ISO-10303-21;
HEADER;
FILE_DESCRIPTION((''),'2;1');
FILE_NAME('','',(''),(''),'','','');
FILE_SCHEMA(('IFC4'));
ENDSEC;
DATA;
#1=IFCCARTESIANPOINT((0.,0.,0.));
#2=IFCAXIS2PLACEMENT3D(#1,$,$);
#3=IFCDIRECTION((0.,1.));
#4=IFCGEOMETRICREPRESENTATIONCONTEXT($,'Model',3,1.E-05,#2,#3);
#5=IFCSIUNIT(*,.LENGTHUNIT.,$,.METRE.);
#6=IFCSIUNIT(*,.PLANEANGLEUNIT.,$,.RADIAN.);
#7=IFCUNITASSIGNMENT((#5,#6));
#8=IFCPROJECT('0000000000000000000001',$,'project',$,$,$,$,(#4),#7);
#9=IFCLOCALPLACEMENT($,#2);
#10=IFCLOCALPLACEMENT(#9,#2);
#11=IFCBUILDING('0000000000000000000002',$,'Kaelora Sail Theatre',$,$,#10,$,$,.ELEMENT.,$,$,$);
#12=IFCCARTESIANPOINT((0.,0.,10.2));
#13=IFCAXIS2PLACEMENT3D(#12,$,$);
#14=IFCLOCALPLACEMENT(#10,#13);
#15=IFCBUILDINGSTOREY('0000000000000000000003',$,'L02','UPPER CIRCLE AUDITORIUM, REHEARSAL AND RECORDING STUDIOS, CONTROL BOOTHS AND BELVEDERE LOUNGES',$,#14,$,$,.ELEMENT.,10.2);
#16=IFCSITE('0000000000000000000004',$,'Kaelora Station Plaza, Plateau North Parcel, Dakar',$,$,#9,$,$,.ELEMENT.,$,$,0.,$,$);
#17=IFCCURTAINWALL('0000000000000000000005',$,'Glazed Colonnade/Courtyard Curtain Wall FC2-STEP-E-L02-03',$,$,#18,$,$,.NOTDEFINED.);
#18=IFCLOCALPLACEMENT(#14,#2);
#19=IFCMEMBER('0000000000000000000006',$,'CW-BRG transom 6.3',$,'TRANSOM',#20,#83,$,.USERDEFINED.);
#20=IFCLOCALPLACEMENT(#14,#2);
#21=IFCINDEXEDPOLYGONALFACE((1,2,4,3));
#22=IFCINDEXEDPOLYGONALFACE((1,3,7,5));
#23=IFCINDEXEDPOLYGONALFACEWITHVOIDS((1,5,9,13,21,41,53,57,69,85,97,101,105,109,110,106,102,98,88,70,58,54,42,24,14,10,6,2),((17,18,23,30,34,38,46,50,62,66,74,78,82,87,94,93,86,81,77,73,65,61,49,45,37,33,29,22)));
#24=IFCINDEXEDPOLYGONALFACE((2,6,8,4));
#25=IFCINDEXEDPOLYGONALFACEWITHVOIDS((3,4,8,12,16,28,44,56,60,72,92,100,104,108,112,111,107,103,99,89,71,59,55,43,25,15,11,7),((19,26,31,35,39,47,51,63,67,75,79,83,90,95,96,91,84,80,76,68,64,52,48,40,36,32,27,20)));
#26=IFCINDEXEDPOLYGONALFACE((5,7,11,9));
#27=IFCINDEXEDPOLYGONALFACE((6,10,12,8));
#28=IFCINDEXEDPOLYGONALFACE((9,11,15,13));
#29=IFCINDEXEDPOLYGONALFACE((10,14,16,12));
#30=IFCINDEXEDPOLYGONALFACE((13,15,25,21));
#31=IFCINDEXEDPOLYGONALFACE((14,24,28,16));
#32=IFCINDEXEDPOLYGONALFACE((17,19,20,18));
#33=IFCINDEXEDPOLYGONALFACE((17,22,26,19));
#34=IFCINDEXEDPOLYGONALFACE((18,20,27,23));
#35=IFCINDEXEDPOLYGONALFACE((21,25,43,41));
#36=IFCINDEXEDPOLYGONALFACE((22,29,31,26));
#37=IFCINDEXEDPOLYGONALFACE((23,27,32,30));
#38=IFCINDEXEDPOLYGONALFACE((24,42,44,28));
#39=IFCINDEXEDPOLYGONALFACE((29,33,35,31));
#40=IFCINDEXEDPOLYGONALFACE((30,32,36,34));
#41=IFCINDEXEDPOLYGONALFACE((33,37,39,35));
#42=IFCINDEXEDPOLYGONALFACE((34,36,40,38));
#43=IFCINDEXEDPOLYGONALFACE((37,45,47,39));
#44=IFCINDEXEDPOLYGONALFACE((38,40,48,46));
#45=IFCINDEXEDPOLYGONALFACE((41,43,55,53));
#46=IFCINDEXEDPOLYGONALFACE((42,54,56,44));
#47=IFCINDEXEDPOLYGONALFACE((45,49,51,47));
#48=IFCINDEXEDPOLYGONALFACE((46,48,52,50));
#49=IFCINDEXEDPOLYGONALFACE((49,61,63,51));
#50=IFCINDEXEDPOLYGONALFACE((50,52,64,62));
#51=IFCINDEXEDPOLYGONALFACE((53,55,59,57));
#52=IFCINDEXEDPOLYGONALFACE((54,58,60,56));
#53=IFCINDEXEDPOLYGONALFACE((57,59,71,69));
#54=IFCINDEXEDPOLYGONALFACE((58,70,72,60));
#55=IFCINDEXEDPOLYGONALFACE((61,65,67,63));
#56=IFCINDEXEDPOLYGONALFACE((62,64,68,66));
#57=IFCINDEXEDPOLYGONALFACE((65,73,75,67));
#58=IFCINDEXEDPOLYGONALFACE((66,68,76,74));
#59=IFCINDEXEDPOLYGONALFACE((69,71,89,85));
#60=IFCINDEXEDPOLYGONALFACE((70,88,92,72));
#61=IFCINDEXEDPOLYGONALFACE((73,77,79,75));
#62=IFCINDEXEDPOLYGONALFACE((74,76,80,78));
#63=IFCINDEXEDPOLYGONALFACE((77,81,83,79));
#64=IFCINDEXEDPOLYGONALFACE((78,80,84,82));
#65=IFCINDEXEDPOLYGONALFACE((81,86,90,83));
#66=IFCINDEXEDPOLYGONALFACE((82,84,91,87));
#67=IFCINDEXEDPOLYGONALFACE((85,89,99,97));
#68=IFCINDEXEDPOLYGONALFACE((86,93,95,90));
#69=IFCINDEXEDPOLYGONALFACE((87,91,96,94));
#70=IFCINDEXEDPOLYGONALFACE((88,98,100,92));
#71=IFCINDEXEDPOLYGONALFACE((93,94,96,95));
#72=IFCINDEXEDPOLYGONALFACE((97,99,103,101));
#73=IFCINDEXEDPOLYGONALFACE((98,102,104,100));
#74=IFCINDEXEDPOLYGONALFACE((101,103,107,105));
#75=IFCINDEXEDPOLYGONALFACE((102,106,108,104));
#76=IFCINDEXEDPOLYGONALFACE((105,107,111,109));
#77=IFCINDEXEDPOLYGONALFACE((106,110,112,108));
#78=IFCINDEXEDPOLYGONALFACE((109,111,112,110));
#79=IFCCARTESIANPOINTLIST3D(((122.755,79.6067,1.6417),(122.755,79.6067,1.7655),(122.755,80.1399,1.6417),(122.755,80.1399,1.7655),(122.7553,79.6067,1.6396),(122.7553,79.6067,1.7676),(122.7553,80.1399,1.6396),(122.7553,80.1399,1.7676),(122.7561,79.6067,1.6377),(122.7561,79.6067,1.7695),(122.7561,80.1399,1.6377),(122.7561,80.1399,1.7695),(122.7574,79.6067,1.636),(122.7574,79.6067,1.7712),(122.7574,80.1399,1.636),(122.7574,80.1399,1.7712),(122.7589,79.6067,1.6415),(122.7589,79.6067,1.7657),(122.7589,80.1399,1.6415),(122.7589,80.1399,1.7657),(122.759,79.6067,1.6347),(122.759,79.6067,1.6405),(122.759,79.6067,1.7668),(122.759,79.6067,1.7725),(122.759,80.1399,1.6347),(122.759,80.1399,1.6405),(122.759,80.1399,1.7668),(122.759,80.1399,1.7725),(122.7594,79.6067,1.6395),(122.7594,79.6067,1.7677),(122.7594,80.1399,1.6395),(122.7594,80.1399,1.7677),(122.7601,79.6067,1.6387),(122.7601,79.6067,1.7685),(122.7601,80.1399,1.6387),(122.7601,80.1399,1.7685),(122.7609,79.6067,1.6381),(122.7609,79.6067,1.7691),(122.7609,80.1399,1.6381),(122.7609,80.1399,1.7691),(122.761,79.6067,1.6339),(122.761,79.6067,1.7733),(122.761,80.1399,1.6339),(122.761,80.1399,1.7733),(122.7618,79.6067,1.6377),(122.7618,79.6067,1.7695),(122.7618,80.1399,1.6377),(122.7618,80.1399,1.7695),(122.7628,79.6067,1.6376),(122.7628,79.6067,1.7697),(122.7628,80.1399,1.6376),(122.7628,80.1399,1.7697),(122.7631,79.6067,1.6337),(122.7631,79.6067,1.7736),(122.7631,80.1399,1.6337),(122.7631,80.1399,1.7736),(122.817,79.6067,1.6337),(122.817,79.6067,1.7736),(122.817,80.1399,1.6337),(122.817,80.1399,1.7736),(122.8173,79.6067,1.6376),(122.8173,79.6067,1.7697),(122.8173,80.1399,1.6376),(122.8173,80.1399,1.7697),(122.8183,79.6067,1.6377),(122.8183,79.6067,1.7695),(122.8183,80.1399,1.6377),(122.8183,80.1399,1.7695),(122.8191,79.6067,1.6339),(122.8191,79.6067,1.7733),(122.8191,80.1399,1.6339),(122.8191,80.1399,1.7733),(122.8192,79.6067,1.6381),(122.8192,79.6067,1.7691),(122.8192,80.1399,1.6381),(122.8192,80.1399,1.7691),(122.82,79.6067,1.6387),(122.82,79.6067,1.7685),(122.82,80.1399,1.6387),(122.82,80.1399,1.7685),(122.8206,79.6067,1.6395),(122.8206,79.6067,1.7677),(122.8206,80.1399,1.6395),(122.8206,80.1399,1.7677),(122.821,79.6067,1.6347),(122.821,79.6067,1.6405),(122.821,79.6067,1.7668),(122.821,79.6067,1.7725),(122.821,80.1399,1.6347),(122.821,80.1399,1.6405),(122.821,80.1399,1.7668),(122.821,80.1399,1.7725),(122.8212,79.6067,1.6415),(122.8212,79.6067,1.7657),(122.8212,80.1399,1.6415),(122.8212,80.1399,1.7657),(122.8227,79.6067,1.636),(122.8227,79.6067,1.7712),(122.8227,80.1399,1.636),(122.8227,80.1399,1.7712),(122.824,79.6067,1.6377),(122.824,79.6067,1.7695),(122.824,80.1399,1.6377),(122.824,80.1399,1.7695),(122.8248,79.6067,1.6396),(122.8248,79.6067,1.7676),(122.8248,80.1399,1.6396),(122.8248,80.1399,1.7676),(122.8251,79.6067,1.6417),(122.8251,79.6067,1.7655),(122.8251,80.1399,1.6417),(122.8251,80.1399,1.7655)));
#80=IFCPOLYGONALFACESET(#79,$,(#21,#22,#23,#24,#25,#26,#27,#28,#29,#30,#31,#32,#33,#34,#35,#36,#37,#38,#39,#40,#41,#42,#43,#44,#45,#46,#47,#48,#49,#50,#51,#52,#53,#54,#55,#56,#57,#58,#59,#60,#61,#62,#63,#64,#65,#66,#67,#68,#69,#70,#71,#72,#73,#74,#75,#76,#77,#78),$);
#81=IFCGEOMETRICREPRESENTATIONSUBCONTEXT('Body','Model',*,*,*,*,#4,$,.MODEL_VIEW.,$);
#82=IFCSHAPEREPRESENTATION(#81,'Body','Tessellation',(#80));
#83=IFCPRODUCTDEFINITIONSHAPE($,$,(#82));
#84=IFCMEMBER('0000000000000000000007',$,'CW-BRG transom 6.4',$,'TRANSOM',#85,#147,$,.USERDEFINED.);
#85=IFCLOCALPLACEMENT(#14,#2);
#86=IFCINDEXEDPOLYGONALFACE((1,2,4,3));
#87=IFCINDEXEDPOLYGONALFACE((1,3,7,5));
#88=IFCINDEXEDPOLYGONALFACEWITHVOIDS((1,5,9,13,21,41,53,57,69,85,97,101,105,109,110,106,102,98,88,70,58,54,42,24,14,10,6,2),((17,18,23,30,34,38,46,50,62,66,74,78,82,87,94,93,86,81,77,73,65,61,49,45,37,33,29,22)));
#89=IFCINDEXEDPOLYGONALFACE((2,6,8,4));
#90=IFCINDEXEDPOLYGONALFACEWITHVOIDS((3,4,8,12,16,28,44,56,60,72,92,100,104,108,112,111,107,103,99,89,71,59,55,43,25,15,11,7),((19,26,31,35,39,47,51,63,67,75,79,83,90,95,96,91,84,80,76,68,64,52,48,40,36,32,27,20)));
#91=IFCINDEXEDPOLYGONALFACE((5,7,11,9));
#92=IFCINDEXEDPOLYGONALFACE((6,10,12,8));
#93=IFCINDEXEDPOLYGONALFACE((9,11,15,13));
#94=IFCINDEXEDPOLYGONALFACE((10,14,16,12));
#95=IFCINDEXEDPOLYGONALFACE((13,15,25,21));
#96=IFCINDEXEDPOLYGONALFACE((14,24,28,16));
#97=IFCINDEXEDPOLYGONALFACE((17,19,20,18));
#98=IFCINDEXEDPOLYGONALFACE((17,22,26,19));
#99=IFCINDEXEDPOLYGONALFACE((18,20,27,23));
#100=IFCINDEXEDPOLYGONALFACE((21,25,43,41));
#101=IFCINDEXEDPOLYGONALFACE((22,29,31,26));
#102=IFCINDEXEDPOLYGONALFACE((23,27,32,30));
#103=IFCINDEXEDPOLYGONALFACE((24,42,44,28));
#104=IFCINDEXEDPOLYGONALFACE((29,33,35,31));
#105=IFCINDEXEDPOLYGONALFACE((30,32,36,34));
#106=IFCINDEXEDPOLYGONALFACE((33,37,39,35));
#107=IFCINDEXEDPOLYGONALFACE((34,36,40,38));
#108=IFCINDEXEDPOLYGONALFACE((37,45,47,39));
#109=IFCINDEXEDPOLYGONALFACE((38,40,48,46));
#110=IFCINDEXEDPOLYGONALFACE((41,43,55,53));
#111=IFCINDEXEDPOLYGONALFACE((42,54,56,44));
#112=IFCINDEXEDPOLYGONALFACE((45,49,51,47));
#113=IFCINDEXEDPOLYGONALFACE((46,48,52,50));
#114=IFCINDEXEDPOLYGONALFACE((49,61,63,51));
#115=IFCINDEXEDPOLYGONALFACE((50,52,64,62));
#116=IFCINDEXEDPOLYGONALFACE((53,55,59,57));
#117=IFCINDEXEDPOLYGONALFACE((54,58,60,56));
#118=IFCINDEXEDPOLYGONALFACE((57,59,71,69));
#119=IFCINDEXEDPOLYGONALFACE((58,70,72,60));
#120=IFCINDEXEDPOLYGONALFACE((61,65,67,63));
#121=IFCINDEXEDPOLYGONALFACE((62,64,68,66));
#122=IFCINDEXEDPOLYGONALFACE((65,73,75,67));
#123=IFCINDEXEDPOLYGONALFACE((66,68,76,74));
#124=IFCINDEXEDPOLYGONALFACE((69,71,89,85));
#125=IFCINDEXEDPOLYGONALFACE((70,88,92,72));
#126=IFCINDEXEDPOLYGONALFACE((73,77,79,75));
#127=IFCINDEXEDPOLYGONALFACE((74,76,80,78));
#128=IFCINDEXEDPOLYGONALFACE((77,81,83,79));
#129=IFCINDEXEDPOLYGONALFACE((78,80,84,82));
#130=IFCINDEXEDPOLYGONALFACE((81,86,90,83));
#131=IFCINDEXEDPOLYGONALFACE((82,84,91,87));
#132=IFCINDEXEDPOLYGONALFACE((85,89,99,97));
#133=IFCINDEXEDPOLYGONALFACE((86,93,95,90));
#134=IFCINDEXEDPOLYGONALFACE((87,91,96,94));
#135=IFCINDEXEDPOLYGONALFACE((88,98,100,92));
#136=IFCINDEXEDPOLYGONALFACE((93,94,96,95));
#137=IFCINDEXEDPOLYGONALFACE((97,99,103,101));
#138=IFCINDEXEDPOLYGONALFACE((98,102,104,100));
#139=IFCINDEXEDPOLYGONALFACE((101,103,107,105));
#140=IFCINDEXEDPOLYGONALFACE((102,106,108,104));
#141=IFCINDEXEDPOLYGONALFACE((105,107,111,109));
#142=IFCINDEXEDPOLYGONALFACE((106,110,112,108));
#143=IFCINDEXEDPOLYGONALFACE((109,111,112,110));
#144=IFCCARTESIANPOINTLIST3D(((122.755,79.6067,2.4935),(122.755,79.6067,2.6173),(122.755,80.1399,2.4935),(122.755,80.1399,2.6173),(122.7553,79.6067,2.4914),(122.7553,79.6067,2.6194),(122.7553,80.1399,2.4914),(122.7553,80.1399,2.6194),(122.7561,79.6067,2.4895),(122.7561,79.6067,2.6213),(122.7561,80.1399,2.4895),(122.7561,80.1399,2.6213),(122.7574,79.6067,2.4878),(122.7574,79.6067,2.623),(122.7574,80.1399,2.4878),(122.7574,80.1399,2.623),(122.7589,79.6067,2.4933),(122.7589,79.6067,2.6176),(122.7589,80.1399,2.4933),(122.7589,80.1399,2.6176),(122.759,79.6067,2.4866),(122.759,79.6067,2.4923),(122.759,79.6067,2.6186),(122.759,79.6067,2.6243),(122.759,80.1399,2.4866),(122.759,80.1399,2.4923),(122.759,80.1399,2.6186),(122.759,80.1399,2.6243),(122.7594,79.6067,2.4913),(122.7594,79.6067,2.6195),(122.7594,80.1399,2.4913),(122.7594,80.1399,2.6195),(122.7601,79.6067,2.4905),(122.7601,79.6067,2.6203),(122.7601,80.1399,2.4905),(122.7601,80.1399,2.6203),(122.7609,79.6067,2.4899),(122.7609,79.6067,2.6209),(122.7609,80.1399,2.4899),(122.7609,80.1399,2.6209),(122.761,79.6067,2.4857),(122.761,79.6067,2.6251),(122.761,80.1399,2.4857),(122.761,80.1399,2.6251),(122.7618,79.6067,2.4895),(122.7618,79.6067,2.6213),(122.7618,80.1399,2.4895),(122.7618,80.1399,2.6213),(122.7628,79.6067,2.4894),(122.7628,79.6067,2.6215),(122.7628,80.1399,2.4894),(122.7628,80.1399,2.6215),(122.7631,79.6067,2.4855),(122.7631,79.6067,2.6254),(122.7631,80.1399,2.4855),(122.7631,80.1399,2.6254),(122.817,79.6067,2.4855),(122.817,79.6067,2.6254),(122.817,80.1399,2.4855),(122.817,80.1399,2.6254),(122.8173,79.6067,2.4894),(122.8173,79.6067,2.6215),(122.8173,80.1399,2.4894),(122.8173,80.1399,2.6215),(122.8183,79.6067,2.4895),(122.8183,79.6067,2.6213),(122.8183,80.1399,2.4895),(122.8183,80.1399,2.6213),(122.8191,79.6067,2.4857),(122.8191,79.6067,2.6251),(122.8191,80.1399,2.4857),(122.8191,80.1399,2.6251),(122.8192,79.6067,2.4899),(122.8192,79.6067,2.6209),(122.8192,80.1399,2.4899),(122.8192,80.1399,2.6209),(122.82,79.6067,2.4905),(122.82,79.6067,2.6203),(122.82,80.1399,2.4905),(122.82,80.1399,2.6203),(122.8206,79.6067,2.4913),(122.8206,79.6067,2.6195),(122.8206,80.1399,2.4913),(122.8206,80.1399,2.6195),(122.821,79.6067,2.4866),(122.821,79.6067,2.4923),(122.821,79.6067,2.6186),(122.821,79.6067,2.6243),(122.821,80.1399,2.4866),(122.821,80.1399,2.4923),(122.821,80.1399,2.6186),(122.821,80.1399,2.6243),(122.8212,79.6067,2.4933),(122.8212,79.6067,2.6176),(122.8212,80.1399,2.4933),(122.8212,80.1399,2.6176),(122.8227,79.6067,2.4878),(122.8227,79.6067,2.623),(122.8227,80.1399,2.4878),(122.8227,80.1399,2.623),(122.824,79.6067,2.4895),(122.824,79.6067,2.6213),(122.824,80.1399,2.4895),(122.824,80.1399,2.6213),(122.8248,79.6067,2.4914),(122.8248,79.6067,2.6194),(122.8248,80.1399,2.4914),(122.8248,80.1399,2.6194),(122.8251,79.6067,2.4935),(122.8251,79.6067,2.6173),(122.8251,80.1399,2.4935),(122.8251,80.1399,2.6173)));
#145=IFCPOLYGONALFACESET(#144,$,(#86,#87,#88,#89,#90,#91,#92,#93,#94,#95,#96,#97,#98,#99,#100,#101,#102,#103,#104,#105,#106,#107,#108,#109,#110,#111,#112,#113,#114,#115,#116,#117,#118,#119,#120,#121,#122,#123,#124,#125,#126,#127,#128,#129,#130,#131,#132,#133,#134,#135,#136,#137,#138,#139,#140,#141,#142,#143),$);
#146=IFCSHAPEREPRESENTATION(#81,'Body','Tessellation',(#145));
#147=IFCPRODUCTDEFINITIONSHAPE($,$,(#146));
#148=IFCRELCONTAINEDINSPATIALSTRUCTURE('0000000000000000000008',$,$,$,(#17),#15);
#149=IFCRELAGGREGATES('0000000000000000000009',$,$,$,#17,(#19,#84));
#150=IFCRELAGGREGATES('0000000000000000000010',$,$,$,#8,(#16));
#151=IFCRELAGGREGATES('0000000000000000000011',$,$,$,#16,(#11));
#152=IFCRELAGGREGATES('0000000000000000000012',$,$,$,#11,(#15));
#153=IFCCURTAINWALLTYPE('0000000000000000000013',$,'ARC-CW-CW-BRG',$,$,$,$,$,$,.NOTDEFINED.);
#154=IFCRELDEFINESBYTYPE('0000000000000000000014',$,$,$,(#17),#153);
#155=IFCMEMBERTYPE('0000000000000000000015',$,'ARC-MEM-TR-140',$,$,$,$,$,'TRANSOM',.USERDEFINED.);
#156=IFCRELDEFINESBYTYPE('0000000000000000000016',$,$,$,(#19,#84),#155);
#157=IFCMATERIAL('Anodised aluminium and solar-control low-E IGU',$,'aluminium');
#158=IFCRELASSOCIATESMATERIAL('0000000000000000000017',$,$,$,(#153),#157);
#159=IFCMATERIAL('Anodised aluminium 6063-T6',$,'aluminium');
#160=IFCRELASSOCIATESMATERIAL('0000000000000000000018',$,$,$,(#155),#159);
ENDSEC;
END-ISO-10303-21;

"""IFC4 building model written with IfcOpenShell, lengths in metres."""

from ifc_helpers import new_model, si_unit, direction, frame, origin, origin_2d, place, context, subcontext, project, spatial, hollow_rectangle, extrude, material, material_profile, profile_set, type_object, element, aggregate, save


model = new_model("IFC4")

# Units and contexts
model_context = context("Model", 3, precision=1e-05, world=origin(), true_north=direction((0.0, 1.0)))
body_context = subcontext(model_context, "Body", "Model", "MODEL_VIEW")
ifc_project = project(units=[si_unit("LENGTHUNIT", "METRE"), si_unit("PLANEANGLEUNIT", "RADIAN")], contexts=[model_context])

# Site, building, storey
site_placement = place(None, origin())
site = spatial("IfcSite", under=ifc_project, at=site_placement, Name="Kaelora Station Plaza, Plateau North Parcel, Dakar", CompositionType="ELEMENT", RefElevation=0.0)
building_placement = place(site_placement, origin())
building = spatial("IfcBuilding", under=site, at=building_placement, Name="Kaelora Sail Theatre", CompositionType="ELEMENT")
storey_placement = place(building_placement, frame((0.0, 0.0, 10.2)))
storey = spatial("IfcBuildingStorey", under=building, at=storey_placement, Name="L02", Description="UPPER CIRCLE AUDITORIUM, REHEARSAL AND RECORDING STUDIOS, CONTROL BOOTHS AND BELVEDERE LOUNGES", CompositionType="ELEMENT", Elevation=10.2)

# Curtain wall
ifc_material_1 = material(Name="Anodised aluminium and solar-control low-E IGU", Category="aluminium")
curtain_wall_type = type_object("IfcCurtainWallType", Name="ARC-CW-CW-BRG", PredefinedType="NOTDEFINED", material=ifc_material_1)
curtain_wall_1_placement = place(storey_placement, origin())
curtain_wall_1 = element("IfcCurtainWall", 1, at=curtain_wall_1_placement, inside=storey, type_object=curtain_wall_type, Name="Glazed Colonnade/Courtyard Curtain Wall FC2-STEP-E-L02-03", PredefinedType="NOTDEFINED")

# Members
ifc_material_2 = material(Name="Anodised aluminium 6063-T6", Category="aluminium")
ifc_material_profile_1 = material_profile(ifc_material_2, hollow_rectangle(XDim=0.0701, YDim=0.1399, WallThickness=0.0039, InnerFilletRadius=0.0039, OuterFilletRadius=0.0081, at=origin_2d()), Name="ALU-TRAN 70x140x4")
ifc_profile_set_1 = profile_set([ifc_material_profile_1], Name="Anodised aluminium 6063-T6")
member_type_1 = type_object("IfcMemberType", Name="ARC-MEM-TR-140", ElementType="TRANSOM", PredefinedType="USERDEFINED", material=ifc_profile_set_1)
member_1_placement = place(storey_placement, frame((122.79, 79.6067, 1.7036), z_axis=(0.0, 1.0, 0.0), x_axis=(-1.0, 0.0, 0.0)))
member_1 = element("IfcMember", 2, at=member_1_placement, type_object=member_type_1, Name="CW-BRG transom 6.3", ObjectType="TRANSOM", PredefinedType="USERDEFINED", context=body_context, shape_type="SweptSolid", body=[
    extrude(hollow_rectangle(XDim=0.0701, YDim=0.1399, WallThickness=0.0039, InnerFilletRadius=0.0039, OuterFilletRadius=0.0081, at=origin_2d()), origin(), (0.0, 0.0, 1.0), 0.5332),
])
member_2_placement = place(storey_placement, frame((122.79, 79.6067, 2.5554), z_axis=(0.0, 1.0, 0.0), x_axis=(-1.0, 0.0, 0.0)))
member_2 = element("IfcMember", 3, at=member_2_placement, type_object=member_type_1, Name="CW-BRG transom 6.4", ObjectType="TRANSOM", PredefinedType="USERDEFINED", context=body_context, shape_type="SweptSolid", body=[
    extrude(hollow_rectangle(XDim=0.0701, YDim=0.1399, WallThickness=0.0039, InnerFilletRadius=0.0039, OuterFilletRadius=0.0081, at=origin_2d()), origin(), (0.0, 0.0, 1.0), 0.5332),
])

aggregate(curtain_wall_1, [member_1, member_2])

save(model, "model.ifc")
